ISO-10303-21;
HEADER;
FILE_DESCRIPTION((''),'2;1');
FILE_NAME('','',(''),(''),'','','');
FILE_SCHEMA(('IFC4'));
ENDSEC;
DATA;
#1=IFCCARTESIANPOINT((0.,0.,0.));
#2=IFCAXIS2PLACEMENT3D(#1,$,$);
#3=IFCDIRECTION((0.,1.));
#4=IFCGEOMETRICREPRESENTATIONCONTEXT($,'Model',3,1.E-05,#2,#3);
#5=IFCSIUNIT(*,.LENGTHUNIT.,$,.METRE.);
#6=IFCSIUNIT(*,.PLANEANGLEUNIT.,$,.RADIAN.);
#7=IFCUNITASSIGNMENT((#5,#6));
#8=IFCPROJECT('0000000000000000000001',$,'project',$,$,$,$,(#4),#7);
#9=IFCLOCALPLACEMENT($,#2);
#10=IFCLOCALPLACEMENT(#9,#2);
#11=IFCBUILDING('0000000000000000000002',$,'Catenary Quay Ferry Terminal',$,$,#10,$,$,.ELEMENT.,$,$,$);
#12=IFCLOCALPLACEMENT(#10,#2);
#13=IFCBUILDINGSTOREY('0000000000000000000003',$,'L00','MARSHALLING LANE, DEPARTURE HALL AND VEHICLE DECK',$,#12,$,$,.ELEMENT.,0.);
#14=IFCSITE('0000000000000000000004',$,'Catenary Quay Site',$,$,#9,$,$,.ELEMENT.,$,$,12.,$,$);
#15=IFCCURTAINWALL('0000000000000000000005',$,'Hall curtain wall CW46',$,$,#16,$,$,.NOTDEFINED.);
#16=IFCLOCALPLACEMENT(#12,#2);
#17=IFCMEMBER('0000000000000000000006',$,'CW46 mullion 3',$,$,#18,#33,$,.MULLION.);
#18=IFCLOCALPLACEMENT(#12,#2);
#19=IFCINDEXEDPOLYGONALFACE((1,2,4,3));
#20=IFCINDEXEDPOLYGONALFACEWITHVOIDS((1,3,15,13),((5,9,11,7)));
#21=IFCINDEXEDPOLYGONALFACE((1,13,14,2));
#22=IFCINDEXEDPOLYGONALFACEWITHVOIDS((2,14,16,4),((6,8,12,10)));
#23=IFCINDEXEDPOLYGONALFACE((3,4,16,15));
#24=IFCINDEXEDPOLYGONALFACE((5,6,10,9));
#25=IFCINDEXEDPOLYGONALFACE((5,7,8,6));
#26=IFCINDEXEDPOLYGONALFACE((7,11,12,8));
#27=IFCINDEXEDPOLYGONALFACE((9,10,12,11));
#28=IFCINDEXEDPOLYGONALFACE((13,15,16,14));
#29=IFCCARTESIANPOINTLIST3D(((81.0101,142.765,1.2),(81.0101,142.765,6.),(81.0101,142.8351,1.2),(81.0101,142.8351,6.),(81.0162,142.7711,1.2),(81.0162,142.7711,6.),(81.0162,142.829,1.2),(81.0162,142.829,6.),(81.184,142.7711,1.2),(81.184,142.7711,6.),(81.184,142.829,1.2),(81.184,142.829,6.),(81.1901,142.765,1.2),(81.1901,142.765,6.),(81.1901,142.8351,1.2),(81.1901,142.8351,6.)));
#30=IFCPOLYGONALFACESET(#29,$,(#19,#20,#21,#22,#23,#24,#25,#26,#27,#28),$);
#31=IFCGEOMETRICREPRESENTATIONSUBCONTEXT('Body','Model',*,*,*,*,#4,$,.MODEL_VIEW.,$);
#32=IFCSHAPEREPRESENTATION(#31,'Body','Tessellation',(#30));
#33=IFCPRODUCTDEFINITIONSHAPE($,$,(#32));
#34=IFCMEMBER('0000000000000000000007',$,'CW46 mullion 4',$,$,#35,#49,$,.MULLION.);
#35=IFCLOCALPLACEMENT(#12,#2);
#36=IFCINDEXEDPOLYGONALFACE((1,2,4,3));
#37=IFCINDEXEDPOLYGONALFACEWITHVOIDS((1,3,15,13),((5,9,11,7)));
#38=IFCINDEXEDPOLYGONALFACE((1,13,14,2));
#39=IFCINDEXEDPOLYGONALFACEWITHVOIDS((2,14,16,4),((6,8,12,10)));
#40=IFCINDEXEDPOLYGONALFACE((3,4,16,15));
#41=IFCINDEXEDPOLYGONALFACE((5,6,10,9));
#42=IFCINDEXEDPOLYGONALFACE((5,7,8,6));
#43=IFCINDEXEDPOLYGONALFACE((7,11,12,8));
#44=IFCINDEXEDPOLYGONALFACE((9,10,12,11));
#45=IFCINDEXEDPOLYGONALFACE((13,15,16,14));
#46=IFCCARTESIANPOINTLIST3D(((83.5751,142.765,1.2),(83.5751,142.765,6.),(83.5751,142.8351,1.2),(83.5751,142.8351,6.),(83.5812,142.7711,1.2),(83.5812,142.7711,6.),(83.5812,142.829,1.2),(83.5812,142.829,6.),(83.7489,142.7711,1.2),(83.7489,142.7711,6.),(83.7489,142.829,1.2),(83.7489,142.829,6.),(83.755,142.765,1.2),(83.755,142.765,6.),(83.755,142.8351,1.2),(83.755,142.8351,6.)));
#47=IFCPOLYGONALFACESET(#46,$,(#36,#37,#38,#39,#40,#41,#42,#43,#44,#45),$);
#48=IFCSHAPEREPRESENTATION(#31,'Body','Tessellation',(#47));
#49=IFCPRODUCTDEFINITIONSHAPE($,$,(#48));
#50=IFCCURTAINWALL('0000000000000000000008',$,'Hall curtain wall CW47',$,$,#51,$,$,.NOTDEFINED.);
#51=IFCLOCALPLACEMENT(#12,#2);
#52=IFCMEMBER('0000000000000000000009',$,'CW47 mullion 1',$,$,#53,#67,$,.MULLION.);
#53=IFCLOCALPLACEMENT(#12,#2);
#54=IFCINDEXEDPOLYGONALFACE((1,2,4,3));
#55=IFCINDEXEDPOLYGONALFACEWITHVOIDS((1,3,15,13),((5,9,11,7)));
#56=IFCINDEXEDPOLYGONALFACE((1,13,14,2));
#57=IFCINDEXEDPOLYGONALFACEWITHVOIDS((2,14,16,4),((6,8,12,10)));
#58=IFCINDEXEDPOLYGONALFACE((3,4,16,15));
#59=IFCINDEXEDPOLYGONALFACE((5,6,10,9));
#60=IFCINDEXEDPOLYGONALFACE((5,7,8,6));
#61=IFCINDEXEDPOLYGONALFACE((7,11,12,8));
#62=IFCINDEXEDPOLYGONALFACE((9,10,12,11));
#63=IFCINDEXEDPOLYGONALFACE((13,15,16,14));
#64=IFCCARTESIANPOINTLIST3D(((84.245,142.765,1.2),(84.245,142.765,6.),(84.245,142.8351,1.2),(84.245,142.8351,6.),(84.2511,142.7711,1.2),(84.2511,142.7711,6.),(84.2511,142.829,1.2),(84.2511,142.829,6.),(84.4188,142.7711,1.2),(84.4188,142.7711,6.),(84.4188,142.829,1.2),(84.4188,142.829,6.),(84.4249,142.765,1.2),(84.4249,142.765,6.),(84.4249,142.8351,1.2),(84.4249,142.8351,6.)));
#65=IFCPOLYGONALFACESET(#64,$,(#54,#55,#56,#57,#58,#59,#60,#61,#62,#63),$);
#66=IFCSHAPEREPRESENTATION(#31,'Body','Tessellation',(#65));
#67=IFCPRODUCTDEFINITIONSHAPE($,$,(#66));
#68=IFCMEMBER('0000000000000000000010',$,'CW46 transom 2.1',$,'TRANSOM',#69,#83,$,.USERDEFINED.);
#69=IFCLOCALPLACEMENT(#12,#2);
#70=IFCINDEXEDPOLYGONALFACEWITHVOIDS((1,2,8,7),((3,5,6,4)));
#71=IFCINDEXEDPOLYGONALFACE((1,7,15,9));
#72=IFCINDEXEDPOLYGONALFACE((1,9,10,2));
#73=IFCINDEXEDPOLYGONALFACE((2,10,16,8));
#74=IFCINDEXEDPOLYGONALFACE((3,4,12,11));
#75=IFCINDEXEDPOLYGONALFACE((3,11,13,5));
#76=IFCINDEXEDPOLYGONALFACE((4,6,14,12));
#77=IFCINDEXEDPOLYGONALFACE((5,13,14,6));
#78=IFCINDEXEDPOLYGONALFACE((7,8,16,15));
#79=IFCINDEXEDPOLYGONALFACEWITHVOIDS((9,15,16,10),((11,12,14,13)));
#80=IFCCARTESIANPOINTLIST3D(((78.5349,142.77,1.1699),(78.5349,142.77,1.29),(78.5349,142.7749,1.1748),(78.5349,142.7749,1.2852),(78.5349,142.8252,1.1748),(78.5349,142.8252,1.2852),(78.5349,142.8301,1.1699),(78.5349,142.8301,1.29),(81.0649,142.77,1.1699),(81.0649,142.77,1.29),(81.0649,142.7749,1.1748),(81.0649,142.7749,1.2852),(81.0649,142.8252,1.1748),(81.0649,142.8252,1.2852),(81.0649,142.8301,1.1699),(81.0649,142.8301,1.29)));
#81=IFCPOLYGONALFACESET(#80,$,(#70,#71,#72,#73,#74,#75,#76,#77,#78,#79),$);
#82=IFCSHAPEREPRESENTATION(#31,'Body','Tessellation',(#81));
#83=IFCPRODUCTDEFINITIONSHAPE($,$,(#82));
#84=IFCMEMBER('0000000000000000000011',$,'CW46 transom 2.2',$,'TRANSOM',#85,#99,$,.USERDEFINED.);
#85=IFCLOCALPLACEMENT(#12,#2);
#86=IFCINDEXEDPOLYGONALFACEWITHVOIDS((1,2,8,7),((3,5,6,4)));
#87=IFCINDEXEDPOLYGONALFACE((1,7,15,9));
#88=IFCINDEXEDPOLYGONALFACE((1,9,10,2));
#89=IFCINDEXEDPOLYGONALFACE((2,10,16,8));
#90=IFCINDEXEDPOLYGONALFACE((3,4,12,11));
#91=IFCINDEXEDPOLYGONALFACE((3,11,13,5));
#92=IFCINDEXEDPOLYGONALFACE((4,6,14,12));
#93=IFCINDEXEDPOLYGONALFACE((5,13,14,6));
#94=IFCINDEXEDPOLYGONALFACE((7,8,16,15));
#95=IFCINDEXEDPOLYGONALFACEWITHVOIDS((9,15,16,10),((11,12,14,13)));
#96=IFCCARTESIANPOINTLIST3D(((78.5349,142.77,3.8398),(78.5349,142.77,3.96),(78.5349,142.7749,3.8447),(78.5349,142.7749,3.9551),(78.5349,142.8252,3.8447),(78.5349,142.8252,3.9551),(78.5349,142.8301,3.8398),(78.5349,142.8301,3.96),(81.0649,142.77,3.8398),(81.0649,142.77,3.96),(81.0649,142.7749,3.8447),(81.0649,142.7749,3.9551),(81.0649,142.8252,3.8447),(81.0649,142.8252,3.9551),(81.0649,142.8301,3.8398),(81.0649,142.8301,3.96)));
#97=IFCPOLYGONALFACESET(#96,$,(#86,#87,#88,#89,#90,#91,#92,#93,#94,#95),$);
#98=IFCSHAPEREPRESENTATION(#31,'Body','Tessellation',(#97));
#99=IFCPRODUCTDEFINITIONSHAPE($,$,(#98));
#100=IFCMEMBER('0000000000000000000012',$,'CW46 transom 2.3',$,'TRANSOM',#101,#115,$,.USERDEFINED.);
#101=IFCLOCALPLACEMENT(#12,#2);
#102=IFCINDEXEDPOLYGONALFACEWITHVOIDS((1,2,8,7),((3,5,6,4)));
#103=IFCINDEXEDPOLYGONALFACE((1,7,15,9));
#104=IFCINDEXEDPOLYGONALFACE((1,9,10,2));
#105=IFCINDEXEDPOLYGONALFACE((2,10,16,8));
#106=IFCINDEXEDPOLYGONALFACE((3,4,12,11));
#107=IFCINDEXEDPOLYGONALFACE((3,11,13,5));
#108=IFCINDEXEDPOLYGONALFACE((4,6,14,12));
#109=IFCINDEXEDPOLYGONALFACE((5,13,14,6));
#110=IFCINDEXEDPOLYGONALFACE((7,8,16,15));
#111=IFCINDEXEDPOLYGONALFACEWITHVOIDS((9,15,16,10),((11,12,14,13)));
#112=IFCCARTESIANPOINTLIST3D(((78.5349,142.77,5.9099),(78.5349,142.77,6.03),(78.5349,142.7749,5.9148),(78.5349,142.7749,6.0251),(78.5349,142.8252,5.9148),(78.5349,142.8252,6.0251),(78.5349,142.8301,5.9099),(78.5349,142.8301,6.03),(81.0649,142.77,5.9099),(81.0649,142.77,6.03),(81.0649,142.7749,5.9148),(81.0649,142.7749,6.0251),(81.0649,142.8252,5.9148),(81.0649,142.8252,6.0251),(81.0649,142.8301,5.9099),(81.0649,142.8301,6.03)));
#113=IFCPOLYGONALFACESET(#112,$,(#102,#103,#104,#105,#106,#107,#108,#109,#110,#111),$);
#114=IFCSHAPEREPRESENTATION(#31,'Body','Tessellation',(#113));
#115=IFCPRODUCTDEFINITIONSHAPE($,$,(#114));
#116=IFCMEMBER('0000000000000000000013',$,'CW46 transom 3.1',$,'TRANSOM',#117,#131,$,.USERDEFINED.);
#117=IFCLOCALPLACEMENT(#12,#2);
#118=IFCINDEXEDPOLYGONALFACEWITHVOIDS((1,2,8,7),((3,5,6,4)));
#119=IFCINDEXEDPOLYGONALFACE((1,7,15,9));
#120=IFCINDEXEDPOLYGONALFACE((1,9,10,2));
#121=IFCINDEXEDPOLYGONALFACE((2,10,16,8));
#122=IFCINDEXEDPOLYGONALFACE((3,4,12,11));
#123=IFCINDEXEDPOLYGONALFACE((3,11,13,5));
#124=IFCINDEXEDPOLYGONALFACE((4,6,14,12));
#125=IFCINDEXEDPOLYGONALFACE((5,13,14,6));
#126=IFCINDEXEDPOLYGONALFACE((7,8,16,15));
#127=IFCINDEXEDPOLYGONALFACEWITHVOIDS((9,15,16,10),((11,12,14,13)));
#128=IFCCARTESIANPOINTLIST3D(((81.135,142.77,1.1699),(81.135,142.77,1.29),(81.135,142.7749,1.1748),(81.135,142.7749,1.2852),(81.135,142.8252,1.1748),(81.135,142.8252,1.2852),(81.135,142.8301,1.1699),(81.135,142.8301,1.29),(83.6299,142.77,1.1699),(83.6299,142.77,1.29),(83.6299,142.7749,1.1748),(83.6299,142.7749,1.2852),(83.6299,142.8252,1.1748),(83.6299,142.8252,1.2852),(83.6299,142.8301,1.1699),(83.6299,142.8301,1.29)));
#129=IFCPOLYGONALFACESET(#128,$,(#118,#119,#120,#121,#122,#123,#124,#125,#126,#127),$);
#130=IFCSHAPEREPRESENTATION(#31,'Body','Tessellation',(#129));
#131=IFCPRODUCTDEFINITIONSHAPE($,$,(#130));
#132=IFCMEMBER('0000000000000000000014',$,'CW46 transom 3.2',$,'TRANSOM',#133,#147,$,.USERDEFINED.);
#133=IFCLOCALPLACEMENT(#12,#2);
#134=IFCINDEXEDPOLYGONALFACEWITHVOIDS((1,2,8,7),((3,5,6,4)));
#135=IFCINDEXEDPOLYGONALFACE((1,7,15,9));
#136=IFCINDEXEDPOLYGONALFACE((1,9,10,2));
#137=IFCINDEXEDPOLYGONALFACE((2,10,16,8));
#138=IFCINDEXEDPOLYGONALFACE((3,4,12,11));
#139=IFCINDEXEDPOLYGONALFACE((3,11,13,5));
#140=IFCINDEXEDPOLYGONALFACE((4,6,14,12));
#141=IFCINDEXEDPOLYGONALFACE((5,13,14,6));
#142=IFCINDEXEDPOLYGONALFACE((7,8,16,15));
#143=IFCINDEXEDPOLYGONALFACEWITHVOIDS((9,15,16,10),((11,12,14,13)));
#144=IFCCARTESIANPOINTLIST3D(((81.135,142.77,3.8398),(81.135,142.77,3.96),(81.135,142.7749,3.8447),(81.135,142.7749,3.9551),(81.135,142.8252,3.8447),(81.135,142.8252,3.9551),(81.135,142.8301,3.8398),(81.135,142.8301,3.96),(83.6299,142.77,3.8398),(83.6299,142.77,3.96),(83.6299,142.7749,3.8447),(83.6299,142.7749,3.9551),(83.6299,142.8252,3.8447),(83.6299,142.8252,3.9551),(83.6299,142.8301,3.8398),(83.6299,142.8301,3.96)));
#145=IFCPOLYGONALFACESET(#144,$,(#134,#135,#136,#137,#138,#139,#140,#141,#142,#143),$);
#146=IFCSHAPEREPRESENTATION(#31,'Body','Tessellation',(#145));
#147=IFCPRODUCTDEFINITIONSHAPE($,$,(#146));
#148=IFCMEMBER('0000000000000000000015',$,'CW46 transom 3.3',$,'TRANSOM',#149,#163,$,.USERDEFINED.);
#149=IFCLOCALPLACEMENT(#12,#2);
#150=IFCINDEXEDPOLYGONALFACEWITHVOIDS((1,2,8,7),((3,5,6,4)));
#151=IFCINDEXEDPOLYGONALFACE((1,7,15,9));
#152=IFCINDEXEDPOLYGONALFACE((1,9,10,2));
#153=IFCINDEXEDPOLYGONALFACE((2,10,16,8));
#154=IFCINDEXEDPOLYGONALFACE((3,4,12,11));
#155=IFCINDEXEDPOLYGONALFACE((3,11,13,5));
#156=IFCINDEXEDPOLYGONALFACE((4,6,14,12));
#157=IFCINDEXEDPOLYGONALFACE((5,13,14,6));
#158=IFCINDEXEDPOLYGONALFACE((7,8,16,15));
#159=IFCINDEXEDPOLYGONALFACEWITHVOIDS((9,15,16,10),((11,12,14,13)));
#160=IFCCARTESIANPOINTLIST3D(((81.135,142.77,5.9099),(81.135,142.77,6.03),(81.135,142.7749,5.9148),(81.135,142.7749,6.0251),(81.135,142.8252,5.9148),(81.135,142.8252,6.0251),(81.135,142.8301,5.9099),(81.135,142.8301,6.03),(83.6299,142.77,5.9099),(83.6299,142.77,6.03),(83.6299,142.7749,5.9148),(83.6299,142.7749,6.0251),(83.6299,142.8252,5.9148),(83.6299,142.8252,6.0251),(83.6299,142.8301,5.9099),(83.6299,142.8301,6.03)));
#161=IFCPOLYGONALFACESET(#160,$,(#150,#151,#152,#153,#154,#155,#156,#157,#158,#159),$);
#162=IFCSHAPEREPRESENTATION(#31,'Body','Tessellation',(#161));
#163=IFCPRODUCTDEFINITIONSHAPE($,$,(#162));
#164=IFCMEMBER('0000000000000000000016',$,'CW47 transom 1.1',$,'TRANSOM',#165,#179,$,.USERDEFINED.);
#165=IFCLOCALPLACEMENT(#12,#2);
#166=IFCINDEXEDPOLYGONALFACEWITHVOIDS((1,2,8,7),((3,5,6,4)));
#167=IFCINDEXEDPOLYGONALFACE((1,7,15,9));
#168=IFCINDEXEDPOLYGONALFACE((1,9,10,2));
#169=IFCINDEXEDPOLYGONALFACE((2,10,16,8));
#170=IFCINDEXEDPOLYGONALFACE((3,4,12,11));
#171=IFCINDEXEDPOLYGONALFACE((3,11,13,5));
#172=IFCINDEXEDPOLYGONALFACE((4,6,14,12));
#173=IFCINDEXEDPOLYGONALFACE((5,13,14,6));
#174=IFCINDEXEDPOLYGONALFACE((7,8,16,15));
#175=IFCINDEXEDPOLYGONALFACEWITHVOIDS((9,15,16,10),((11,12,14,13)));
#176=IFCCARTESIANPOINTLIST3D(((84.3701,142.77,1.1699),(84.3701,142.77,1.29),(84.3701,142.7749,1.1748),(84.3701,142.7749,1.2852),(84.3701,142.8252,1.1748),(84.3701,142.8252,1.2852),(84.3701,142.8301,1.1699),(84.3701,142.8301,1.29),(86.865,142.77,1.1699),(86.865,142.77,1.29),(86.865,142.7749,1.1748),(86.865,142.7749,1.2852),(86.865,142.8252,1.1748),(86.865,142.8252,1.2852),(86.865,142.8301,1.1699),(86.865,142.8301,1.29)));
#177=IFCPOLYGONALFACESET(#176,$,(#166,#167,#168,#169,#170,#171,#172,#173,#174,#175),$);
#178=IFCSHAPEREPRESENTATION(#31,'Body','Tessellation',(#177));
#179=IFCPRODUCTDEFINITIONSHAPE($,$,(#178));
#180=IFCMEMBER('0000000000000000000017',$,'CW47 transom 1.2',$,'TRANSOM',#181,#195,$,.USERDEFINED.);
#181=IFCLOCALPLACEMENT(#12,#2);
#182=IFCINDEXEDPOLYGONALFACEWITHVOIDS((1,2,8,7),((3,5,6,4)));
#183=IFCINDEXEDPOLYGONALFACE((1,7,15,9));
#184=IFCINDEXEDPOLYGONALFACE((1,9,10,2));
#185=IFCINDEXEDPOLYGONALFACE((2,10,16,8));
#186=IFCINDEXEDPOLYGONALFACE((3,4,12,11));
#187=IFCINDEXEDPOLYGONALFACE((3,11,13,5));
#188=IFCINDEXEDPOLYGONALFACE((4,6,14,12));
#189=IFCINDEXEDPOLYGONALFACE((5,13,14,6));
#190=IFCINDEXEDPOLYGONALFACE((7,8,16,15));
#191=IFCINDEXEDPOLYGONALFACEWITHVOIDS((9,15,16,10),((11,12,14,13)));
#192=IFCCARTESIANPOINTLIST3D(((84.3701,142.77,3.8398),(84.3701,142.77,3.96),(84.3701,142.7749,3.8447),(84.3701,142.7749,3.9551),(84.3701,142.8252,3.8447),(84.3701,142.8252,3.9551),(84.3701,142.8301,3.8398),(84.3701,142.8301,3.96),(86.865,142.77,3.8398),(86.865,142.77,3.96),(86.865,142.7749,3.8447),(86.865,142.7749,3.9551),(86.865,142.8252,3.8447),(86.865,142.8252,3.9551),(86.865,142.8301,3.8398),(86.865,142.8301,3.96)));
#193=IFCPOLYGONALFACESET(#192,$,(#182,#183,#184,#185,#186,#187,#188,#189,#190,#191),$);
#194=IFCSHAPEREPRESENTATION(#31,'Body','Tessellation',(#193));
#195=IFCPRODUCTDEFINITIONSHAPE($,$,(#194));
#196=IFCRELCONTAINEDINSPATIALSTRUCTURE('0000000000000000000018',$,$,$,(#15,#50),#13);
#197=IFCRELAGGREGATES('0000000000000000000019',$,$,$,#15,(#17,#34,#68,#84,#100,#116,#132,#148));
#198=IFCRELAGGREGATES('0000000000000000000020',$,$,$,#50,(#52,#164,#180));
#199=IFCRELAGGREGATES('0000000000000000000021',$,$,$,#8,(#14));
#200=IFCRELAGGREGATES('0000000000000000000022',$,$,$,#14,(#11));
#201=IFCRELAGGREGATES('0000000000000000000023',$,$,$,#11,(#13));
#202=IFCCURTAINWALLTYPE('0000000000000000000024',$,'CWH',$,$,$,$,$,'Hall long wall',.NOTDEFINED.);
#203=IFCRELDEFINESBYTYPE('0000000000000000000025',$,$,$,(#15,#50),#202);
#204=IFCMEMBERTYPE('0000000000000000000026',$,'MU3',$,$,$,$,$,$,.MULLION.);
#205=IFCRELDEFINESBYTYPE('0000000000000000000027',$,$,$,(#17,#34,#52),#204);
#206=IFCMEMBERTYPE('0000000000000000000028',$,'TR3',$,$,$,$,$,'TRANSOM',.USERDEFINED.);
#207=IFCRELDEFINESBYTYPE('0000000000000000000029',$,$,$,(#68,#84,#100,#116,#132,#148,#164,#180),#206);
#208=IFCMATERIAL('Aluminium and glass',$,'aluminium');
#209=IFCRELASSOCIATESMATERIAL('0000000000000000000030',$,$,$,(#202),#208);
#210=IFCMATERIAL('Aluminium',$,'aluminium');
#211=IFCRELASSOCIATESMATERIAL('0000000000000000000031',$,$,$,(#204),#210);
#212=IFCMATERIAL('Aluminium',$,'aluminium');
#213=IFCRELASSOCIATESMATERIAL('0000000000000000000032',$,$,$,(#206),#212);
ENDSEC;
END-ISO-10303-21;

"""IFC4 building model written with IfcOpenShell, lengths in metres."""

from ifc_helpers import new_model, si_unit, direction, frame, origin, origin_2d, place, context, subcontext, project, spatial, hollow_rectangle, extrude, material, material_profile, profile_set, type_object, element, aggregate, save


model = new_model("IFC4")

# Units and contexts
model_context = context("Model", 3, precision=1e-05, world=origin(), true_north=direction((0.0, 1.0)))
body_context = subcontext(model_context, "Body", "Model", "MODEL_VIEW")
ifc_project = project(units=[si_unit("LENGTHUNIT", "METRE"), si_unit("PLANEANGLEUNIT", "RADIAN")], contexts=[model_context])

# Site, building, storey
site_placement = place(None, origin())
site = spatial("IfcSite", under=ifc_project, at=site_placement, Name="Catenary Quay Site", CompositionType="ELEMENT", RefElevation=12.0)
building_placement = place(site_placement, origin())
building = spatial("IfcBuilding", under=site, at=building_placement, Name="Catenary Quay Ferry Terminal", CompositionType="ELEMENT")
storey_placement = place(building_placement, origin())
storey = spatial("IfcBuildingStorey", under=building, at=storey_placement, Name="L00", Description="MARSHALLING LANE, DEPARTURE HALL AND VEHICLE DECK", CompositionType="ELEMENT", Elevation=0.0)

# Curtain wall, members
ifc_material_1 = material(Name="Aluminium and glass", Category="aluminium")
curtain_wall_type = type_object("IfcCurtainWallType", Name="CWH", ElementType="Hall long wall", PredefinedType="NOTDEFINED", material=ifc_material_1)
curtain_wall_1_placement = place(storey_placement, origin())
curtain_wall_1 = element("IfcCurtainWall", 1, at=curtain_wall_1_placement, inside=storey, type_object=curtain_wall_type, Name="Hall curtain wall CW46", PredefinedType="NOTDEFINED")
ifc_material_2 = material(Name="Aluminium", Category="aluminium")
ifc_material_profile_1 = material_profile(ifc_material_2, hollow_rectangle(XDim=0.0701, YDim=0.1799, WallThickness=0.0061, at=origin_2d()), Name="MU3")
ifc_profile_set_1 = profile_set([ifc_material_profile_1], Name="Aluminium")
member_type_1 = type_object("IfcMemberType", Name="MU3", PredefinedType="MULLION", material=ifc_profile_set_1)
member_1_placement = place(storey_placement, frame((81.1001, 142.8, 1.2), z_axis=(0.0, 0.0, 1.0), x_axis=(0.0, 1.0, 0.0)))
member_1 = element("IfcMember", 2, at=member_1_placement, type_object=member_type_1, Name="CW46 mullion 3", PredefinedType="MULLION", context=body_context, shape_type="SweptSolid", body=[
    extrude(hollow_rectangle(XDim=0.0701, YDim=0.1799, WallThickness=0.0061, at=origin_2d()), origin(), (0.0, 0.0, 1.0), 4.8),
])
member_2_placement = place(storey_placement, frame((83.665, 142.8, 1.2), z_axis=(0.0, 0.0, 1.0), x_axis=(0.0, 1.0, 0.0)))
member_2 = element("IfcMember", 3, at=member_2_placement, type_object=member_type_1, Name="CW46 mullion 4", PredefinedType="MULLION", context=body_context, shape_type="SweptSolid", body=[
    extrude(hollow_rectangle(XDim=0.0701, YDim=0.1799, WallThickness=0.0061, at=origin_2d()), origin(), (0.0, 0.0, 1.0), 4.8),
])

# Curtain wall, member
curtain_wall_2_placement = place(storey_placement, origin())
curtain_wall_2 = element("IfcCurtainWall", 4, at=curtain_wall_2_placement, inside=storey, type_object=curtain_wall_type, Name="Hall curtain wall CW47", PredefinedType="NOTDEFINED")
member_3_placement = place(storey_placement, frame((84.335, 142.8, 1.2), z_axis=(0.0, 0.0, 1.0), x_axis=(0.0, 1.0, 0.0)))
member_3 = element("IfcMember", 5, at=member_3_placement, type_object=member_type_1, Name="CW47 mullion 1", PredefinedType="MULLION", context=body_context, shape_type="SweptSolid", body=[
    extrude(hollow_rectangle(XDim=0.0701, YDim=0.1799, WallThickness=0.0061, at=origin_2d()), origin(), (0.0, 0.0, 1.0), 4.8),
])

# Members
ifc_material_3 = material(Name="Aluminium", Category="aluminium")
ifc_material_profile_2 = material_profile(ifc_material_3, hollow_rectangle(XDim=0.0601, YDim=0.1201, WallThickness=0.0049, at=origin_2d()), Name="TR3")
ifc_profile_set_2 = profile_set([ifc_material_profile_2], Name="Aluminium")
member_type_2 = type_object("IfcMemberType", Name="TR3", ElementType="TRANSOM", PredefinedType="USERDEFINED", material=ifc_profile_set_2)
member_4_placement = place(storey_placement, frame((78.5349, 142.8, 1.23), z_axis=(1.0, 0.0, 0.0), x_axis=(0.0, 1.0, 0.0)))
member_4 = element("IfcMember", 6, at=member_4_placement, type_object=member_type_2, Name="CW46 transom 2.1", ObjectType="TRANSOM", PredefinedType="USERDEFINED", context=body_context, shape_type="SweptSolid", body=[
    extrude(hollow_rectangle(XDim=0.0601, YDim=0.1201, WallThickness=0.0049, at=origin_2d()), origin(), (0.0, 0.0, 1.0), 2.53),
])
member_5_placement = place(storey_placement, frame((78.5349, 142.8, 3.8999), z_axis=(1.0, 0.0, 0.0), x_axis=(0.0, 1.0, 0.0)))
member_5 = element("IfcMember", 7, at=member_5_placement, type_object=member_type_2, Name="CW46 transom 2.2", ObjectType="TRANSOM", PredefinedType="USERDEFINED", context=body_context, shape_type="SweptSolid", body=[
    extrude(hollow_rectangle(XDim=0.0601, YDim=0.1201, WallThickness=0.0049, at=origin_2d()), origin(), (0.0, 0.0, 1.0), 2.53),
])
member_6_placement = place(storey_placement, frame((78.5349, 142.8, 5.97), z_axis=(1.0, 0.0, 0.0), x_axis=(0.0, 1.0, 0.0)))
member_6 = element("IfcMember", 8, at=member_6_placement, type_object=member_type_2, Name="CW46 transom 2.3", ObjectType="TRANSOM", PredefinedType="USERDEFINED", context=body_context, shape_type="SweptSolid", body=[
    extrude(hollow_rectangle(XDim=0.0601, YDim=0.1201, WallThickness=0.0049, at=origin_2d()), origin(), (0.0, 0.0, 1.0), 2.53),
])
member_7_placement = place(storey_placement, frame((81.135, 142.8, 1.23), z_axis=(1.0, 0.0, 0.0), x_axis=(0.0, 1.0, 0.0)))
member_7 = element("IfcMember", 9, at=member_7_placement, type_object=member_type_2, Name="CW46 transom 3.1", ObjectType="TRANSOM", PredefinedType="USERDEFINED", context=body_context, shape_type="SweptSolid", body=[
    extrude(hollow_rectangle(XDim=0.0601, YDim=0.1201, WallThickness=0.0049, at=origin_2d()), origin(), (0.0, 0.0, 1.0), 2.4949),
])
member_8_placement = place(storey_placement, frame((81.135, 142.8, 3.8999), z_axis=(1.0, 0.0, 0.0), x_axis=(0.0, 1.0, 0.0)))
member_8 = element("IfcMember", 10, at=member_8_placement, type_object=member_type_2, Name="CW46 transom 3.2", ObjectType="TRANSOM", PredefinedType="USERDEFINED", context=body_context, shape_type="SweptSolid", body=[
    extrude(hollow_rectangle(XDim=0.0601, YDim=0.1201, WallThickness=0.0049, at=origin_2d()), origin(), (0.0, 0.0, 1.0), 2.4949),
])
member_9_placement = place(storey_placement, frame((81.135, 142.8, 5.97), z_axis=(1.0, 0.0, 0.0), x_axis=(0.0, 1.0, 0.0)))
member_9 = element("IfcMember", 11, at=member_9_placement, type_object=member_type_2, Name="CW46 transom 3.3", ObjectType="TRANSOM", PredefinedType="USERDEFINED", context=body_context, shape_type="SweptSolid", body=[
    extrude(hollow_rectangle(XDim=0.0601, YDim=0.1201, WallThickness=0.0049, at=origin_2d()), origin(), (0.0, 0.0, 1.0), 2.4949),
])
member_10_placement = place(storey_placement, frame((84.3701, 142.8, 1.23), z_axis=(1.0, 0.0, 0.0), x_axis=(0.0, 1.0, 0.0)))
member_10 = element("IfcMember", 12, at=member_10_placement, type_object=member_type_2, Name="CW47 transom 1.1", ObjectType="TRANSOM", PredefinedType="USERDEFINED", context=body_context, shape_type="SweptSolid", body=[
    extrude(hollow_rectangle(XDim=0.0601, YDim=0.1201, WallThickness=0.0049, at=origin_2d()), origin(), (0.0, 0.0, 1.0), 2.4949),
])
member_11_placement = place(storey_placement, frame((84.3701, 142.8, 3.8999), z_axis=(1.0, 0.0, 0.0), x_axis=(0.0, 1.0, 0.0)))
member_11 = element("IfcMember", 13, at=member_11_placement, type_object=member_type_2, Name="CW47 transom 1.2", ObjectType="TRANSOM", PredefinedType="USERDEFINED", context=body_context, shape_type="SweptSolid", body=[
    extrude(hollow_rectangle(XDim=0.0601, YDim=0.1201, WallThickness=0.0049, at=origin_2d()), origin(), (0.0, 0.0, 1.0), 2.4949),
])

aggregate(curtain_wall_1, [member_1, member_2, member_4, member_5, member_6, member_7, member_8, member_9])
aggregate(curtain_wall_2, [member_3, member_10, member_11])

save(model, "model.ifc")
